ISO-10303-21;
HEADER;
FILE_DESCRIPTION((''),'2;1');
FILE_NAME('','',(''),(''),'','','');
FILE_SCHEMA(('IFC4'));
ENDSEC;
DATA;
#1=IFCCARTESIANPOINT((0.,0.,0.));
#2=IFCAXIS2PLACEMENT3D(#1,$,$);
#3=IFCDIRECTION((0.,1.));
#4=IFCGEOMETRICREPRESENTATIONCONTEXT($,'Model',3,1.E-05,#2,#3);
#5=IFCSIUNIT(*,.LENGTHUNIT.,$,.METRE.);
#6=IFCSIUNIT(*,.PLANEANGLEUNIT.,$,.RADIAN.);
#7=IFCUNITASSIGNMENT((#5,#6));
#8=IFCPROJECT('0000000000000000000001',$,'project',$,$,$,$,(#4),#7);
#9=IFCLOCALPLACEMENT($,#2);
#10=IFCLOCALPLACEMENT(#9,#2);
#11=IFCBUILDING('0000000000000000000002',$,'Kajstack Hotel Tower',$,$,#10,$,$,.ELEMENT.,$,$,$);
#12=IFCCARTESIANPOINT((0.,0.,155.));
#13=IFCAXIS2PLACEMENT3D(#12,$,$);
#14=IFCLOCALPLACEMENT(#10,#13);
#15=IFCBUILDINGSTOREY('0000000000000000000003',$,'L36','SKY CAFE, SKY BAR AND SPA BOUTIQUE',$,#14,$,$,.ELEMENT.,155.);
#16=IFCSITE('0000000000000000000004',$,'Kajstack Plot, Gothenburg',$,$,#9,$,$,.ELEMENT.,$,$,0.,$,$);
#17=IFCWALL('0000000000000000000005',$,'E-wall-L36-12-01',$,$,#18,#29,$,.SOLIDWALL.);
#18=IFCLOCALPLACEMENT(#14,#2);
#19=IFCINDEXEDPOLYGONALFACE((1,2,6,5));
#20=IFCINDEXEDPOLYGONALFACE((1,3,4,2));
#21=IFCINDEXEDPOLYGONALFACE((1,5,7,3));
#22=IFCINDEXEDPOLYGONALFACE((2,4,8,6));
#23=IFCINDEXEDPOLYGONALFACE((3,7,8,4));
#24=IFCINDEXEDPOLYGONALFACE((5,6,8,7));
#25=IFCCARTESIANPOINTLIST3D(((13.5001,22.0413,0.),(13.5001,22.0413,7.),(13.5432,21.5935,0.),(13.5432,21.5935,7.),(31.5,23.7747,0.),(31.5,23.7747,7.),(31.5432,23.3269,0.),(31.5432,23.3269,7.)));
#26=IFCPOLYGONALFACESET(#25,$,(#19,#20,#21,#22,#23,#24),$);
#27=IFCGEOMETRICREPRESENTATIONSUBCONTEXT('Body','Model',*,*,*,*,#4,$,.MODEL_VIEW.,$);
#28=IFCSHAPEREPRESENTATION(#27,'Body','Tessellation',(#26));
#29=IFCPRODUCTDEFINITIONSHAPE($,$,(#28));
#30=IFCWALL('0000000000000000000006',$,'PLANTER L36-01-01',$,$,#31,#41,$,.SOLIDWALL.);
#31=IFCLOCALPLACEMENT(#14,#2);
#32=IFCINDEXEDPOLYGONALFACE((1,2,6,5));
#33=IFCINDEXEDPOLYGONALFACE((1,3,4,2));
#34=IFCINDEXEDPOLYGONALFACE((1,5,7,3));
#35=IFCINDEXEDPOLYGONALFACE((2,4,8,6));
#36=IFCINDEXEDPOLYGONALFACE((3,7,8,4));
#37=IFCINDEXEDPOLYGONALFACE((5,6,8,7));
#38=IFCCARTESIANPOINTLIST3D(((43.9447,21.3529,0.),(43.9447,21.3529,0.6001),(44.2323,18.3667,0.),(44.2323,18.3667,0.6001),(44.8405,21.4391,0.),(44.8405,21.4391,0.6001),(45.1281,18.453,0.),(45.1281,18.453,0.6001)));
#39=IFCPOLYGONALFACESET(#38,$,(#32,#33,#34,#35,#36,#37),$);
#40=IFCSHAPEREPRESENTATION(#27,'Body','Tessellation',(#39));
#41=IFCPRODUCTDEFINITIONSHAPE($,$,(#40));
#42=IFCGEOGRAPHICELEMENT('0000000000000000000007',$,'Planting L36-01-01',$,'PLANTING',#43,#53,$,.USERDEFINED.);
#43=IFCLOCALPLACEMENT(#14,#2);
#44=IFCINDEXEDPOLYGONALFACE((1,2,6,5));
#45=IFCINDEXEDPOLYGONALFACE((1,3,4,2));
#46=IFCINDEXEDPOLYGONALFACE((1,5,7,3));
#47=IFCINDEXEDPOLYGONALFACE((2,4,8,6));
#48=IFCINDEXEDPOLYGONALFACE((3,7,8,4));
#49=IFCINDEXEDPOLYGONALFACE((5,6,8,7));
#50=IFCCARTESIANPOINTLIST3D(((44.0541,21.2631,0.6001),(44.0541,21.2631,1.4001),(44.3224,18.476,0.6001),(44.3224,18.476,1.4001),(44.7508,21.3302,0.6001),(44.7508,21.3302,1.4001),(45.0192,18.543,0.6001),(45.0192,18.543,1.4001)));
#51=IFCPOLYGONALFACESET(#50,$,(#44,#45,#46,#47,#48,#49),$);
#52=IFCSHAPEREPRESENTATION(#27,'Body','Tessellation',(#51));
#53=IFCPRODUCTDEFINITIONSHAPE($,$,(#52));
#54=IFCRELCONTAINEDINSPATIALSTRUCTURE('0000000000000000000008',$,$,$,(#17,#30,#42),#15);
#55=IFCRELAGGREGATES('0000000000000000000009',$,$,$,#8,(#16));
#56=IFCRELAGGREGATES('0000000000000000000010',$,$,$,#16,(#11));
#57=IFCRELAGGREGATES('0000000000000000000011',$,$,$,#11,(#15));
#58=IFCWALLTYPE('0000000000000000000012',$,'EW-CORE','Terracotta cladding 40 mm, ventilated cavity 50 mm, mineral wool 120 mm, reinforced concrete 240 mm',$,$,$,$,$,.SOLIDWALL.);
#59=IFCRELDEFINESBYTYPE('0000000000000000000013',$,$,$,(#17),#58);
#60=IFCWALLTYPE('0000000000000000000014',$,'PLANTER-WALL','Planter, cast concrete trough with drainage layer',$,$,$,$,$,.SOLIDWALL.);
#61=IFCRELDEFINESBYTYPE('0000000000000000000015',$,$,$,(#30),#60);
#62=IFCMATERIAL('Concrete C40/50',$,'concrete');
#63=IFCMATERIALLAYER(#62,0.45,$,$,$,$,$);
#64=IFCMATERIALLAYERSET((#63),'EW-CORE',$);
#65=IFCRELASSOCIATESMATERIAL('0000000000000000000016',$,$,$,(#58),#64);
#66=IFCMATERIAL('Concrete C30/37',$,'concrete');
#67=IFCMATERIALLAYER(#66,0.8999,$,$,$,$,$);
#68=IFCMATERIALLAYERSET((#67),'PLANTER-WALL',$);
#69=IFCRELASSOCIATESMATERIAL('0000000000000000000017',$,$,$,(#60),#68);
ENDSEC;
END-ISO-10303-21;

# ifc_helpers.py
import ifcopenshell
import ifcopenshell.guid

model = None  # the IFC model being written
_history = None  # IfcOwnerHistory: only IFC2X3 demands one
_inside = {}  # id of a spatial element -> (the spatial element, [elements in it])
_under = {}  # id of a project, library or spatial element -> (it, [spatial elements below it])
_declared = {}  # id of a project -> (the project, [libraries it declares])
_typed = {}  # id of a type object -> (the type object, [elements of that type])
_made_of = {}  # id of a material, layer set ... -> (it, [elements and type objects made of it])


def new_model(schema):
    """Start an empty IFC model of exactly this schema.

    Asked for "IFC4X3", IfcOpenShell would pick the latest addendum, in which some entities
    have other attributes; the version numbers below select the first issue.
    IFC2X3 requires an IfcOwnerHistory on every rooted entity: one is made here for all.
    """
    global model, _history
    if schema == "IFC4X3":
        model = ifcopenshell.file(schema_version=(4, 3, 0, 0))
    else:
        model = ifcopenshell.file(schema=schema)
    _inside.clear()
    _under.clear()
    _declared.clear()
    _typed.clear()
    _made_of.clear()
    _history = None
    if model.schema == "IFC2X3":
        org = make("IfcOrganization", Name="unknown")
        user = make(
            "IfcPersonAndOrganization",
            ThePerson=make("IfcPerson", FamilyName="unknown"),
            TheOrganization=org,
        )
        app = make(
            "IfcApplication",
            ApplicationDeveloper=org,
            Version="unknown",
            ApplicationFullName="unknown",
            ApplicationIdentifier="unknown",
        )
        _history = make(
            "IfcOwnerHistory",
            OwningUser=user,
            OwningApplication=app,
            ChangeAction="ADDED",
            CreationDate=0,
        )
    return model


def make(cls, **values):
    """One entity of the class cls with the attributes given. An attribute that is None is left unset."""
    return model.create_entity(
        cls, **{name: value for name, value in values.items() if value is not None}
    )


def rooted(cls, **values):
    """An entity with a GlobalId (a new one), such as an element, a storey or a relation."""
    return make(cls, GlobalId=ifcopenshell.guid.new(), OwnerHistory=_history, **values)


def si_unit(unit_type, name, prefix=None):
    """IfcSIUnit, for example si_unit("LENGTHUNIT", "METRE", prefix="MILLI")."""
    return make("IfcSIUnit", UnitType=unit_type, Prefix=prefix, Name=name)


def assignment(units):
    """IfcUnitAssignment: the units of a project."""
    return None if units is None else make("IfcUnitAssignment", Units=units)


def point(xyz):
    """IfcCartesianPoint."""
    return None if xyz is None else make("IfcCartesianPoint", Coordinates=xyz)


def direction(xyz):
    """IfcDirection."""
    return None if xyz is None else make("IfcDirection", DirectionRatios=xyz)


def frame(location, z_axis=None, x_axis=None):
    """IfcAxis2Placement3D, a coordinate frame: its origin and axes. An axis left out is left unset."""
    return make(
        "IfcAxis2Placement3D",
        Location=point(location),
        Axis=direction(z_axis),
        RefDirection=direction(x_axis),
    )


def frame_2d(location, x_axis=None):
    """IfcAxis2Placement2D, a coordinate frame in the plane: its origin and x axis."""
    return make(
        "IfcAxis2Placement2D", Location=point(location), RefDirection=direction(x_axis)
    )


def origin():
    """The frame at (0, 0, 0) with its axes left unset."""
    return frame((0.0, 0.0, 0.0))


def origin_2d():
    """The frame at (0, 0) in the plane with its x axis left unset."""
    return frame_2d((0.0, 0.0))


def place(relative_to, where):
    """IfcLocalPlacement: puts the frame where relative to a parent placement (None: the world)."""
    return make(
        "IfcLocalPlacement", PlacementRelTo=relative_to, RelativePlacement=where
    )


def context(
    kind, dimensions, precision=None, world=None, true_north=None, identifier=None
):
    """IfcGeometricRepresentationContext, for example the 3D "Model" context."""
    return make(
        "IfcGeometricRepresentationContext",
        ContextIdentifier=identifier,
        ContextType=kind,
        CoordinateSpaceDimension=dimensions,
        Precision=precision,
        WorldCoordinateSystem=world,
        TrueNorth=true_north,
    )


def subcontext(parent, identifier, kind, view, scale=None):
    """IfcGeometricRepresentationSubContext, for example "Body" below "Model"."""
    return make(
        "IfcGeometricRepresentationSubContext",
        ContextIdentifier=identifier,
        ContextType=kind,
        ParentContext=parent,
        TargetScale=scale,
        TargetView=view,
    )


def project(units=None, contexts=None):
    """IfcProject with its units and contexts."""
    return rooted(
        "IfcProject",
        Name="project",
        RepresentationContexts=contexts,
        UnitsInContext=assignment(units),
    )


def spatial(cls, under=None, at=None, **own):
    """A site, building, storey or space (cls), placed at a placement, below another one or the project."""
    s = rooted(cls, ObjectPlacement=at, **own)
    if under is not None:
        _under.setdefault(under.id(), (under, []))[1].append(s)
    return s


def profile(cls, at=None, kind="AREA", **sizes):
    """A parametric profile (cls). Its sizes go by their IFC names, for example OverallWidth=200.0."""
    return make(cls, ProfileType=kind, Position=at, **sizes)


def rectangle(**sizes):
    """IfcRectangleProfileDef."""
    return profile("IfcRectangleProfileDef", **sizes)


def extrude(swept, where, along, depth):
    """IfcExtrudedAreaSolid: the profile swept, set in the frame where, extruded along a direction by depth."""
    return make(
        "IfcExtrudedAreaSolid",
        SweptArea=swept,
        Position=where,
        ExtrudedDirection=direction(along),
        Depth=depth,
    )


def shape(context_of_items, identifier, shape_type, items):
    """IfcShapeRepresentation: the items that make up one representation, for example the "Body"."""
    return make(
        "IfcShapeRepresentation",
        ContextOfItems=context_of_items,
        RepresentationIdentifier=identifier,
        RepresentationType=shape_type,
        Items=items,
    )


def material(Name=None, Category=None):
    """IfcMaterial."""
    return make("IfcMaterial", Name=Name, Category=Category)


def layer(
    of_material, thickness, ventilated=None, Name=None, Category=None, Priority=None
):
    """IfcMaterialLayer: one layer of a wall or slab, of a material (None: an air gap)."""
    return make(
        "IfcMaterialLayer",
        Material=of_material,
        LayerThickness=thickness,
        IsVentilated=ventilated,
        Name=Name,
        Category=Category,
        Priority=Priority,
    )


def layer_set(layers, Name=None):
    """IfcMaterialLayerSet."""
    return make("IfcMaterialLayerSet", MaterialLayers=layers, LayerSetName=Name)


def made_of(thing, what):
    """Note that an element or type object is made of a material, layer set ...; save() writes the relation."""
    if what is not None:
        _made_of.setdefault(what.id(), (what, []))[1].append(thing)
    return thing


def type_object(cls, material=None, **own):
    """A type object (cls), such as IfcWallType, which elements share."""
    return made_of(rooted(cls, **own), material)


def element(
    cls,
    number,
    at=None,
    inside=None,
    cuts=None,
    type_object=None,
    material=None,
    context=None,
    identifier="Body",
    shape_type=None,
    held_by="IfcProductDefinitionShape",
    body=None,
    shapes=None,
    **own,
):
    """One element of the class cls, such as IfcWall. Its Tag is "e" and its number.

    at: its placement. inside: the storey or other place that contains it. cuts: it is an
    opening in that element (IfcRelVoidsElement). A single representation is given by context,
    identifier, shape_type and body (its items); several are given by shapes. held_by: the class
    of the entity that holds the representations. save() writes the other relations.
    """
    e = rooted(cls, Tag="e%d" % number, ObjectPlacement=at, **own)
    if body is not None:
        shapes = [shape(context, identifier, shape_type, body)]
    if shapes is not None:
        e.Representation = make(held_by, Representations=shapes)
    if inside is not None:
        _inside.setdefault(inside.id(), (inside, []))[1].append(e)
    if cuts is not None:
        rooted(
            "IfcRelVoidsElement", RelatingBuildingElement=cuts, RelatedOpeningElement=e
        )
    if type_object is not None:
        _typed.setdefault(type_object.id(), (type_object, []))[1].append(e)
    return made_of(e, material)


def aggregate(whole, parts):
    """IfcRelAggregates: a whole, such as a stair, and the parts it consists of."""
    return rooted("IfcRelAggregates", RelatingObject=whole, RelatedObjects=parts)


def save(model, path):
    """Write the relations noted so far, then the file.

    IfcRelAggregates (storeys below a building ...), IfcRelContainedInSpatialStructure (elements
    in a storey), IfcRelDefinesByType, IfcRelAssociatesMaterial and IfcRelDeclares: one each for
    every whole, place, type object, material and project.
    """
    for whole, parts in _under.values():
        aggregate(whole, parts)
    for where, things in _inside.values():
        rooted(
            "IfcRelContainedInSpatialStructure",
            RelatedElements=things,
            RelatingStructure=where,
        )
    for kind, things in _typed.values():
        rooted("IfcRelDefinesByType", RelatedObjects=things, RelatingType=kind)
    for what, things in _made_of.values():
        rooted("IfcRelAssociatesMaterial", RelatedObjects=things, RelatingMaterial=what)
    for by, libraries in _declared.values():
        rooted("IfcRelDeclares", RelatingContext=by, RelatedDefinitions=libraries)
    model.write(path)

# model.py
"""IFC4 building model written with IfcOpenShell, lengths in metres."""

from ifc_helpers import new_model, si_unit, direction, frame, frame_2d, origin, origin_2d, place, context, subcontext, project, spatial, rectangle, extrude, material, layer, layer_set, type_object, element, save


model = new_model("IFC4")

# Units and contexts
model_context = context("Model", 3, precision=1e-05, world=origin(), true_north=direction((0.0, 1.0)))
body_context = subcontext(model_context, "Body", "Model", "MODEL_VIEW")
ifc_project = project(units=[si_unit("LENGTHUNIT", "METRE"), si_unit("PLANEANGLEUNIT", "RADIAN")], contexts=[model_context])

# Site, building, storey
site_placement = place(None, origin())
site = spatial("IfcSite", under=ifc_project, at=site_placement, Name="Kajstack Plot, Gothenburg", CompositionType="ELEMENT", RefElevation=0.0)
building_placement = place(site_placement, origin())
building = spatial("IfcBuilding", under=site, at=building_placement, Name="Kajstack Hotel Tower", CompositionType="ELEMENT")
storey_placement = place(building_placement, frame((0.0, 0.0, 155.0)))
storey = spatial("IfcBuildingStorey", under=building, at=storey_placement, Name="L36", Description="SKY CAFE, SKY BAR AND SPA BOUTIQUE", CompositionType="ELEMENT", Elevation=155.0)

# Walls
ifc_material_1 = material(Name="Concrete C40/50", Category="concrete")
ifc_layer_1 = layer(ifc_material_1, 0.45)
ifc_layer_set_1 = layer_set([ifc_layer_1], Name="EW-CORE")
wall_type_1 = type_object("IfcWallType", Name="EW-CORE", Description="Terracotta cladding 40 mm, ventilated cavity 50 mm, mineral wool 120 mm, reinforced concrete 240 mm", PredefinedType="SOLIDWALL", material=ifc_layer_set_1)
wall_1_placement = place(storey_placement, frame((31.5215, 23.5508, 0.0), z_axis=(0.0, 0.0, 1.0), x_axis=(-0.995395, -0.095856, 0.0)))
element("IfcWall", 1, at=wall_1_placement, inside=storey, type_object=wall_type_1, Name="E-wall-L36-12-01", PredefinedType="SOLIDWALL", context=body_context, shape_type="SweptSolid", body=[
    extrude(rectangle(XDim=18.0833, YDim=0.45, at=frame_2d((9.0415, 0.0))), origin(), (0.0, 0.0, 1.0), 7.0),
])
ifc_material_2 = material(Name="Concrete C30/37", Category="concrete")
ifc_layer_2 = layer(ifc_material_2, 0.8999)
ifc_layer_set_2 = layer_set([ifc_layer_2], Name="PLANTER-WALL")
wall_type_2 = type_object("IfcWallType", Name="PLANTER-WALL", Description="Planter, cast concrete trough with drainage layer", PredefinedType="SOLIDWALL", material=ifc_layer_set_2)
wall_2_placement = place(storey_placement, frame((44.3926, 21.396, 0.0), z_axis=(0.0, 0.0, 1.0), x_axis=(0.095869, -0.995394, 0.0)))
element("IfcWall", 2, at=wall_2_placement, inside=storey, type_object=wall_type_2, Name="PLANTER L36-01-01", PredefinedType="SOLIDWALL", context=body_context, shape_type="SweptSolid", body=[
    extrude(rectangle(XDim=3.0, YDim=0.8999, at=frame_2d((1.5, 0.0))), origin(), (0.0, 0.0, 1.0), 0.6001),
])

# Geographic element
geographic_element_placement = place(storey_placement, frame((44.5366, 19.9031, 0.6001), z_axis=(0.0, 0.0, 1.0), x_axis=(0.095846, -0.995396, 0.0)))
element("IfcGeographicElement", 3, at=geographic_element_placement, inside=storey, Name="Planting L36-01-01", ObjectType="PLANTING", PredefinedType="USERDEFINED", context=body_context, shape_type="SweptSolid", body=[
    extrude(rectangle(XDim=2.8, YDim=0.7, at=origin_2d()), origin(), (0.0, 0.0, 1.0), 0.8),
])

save(model, "model.ifc")
